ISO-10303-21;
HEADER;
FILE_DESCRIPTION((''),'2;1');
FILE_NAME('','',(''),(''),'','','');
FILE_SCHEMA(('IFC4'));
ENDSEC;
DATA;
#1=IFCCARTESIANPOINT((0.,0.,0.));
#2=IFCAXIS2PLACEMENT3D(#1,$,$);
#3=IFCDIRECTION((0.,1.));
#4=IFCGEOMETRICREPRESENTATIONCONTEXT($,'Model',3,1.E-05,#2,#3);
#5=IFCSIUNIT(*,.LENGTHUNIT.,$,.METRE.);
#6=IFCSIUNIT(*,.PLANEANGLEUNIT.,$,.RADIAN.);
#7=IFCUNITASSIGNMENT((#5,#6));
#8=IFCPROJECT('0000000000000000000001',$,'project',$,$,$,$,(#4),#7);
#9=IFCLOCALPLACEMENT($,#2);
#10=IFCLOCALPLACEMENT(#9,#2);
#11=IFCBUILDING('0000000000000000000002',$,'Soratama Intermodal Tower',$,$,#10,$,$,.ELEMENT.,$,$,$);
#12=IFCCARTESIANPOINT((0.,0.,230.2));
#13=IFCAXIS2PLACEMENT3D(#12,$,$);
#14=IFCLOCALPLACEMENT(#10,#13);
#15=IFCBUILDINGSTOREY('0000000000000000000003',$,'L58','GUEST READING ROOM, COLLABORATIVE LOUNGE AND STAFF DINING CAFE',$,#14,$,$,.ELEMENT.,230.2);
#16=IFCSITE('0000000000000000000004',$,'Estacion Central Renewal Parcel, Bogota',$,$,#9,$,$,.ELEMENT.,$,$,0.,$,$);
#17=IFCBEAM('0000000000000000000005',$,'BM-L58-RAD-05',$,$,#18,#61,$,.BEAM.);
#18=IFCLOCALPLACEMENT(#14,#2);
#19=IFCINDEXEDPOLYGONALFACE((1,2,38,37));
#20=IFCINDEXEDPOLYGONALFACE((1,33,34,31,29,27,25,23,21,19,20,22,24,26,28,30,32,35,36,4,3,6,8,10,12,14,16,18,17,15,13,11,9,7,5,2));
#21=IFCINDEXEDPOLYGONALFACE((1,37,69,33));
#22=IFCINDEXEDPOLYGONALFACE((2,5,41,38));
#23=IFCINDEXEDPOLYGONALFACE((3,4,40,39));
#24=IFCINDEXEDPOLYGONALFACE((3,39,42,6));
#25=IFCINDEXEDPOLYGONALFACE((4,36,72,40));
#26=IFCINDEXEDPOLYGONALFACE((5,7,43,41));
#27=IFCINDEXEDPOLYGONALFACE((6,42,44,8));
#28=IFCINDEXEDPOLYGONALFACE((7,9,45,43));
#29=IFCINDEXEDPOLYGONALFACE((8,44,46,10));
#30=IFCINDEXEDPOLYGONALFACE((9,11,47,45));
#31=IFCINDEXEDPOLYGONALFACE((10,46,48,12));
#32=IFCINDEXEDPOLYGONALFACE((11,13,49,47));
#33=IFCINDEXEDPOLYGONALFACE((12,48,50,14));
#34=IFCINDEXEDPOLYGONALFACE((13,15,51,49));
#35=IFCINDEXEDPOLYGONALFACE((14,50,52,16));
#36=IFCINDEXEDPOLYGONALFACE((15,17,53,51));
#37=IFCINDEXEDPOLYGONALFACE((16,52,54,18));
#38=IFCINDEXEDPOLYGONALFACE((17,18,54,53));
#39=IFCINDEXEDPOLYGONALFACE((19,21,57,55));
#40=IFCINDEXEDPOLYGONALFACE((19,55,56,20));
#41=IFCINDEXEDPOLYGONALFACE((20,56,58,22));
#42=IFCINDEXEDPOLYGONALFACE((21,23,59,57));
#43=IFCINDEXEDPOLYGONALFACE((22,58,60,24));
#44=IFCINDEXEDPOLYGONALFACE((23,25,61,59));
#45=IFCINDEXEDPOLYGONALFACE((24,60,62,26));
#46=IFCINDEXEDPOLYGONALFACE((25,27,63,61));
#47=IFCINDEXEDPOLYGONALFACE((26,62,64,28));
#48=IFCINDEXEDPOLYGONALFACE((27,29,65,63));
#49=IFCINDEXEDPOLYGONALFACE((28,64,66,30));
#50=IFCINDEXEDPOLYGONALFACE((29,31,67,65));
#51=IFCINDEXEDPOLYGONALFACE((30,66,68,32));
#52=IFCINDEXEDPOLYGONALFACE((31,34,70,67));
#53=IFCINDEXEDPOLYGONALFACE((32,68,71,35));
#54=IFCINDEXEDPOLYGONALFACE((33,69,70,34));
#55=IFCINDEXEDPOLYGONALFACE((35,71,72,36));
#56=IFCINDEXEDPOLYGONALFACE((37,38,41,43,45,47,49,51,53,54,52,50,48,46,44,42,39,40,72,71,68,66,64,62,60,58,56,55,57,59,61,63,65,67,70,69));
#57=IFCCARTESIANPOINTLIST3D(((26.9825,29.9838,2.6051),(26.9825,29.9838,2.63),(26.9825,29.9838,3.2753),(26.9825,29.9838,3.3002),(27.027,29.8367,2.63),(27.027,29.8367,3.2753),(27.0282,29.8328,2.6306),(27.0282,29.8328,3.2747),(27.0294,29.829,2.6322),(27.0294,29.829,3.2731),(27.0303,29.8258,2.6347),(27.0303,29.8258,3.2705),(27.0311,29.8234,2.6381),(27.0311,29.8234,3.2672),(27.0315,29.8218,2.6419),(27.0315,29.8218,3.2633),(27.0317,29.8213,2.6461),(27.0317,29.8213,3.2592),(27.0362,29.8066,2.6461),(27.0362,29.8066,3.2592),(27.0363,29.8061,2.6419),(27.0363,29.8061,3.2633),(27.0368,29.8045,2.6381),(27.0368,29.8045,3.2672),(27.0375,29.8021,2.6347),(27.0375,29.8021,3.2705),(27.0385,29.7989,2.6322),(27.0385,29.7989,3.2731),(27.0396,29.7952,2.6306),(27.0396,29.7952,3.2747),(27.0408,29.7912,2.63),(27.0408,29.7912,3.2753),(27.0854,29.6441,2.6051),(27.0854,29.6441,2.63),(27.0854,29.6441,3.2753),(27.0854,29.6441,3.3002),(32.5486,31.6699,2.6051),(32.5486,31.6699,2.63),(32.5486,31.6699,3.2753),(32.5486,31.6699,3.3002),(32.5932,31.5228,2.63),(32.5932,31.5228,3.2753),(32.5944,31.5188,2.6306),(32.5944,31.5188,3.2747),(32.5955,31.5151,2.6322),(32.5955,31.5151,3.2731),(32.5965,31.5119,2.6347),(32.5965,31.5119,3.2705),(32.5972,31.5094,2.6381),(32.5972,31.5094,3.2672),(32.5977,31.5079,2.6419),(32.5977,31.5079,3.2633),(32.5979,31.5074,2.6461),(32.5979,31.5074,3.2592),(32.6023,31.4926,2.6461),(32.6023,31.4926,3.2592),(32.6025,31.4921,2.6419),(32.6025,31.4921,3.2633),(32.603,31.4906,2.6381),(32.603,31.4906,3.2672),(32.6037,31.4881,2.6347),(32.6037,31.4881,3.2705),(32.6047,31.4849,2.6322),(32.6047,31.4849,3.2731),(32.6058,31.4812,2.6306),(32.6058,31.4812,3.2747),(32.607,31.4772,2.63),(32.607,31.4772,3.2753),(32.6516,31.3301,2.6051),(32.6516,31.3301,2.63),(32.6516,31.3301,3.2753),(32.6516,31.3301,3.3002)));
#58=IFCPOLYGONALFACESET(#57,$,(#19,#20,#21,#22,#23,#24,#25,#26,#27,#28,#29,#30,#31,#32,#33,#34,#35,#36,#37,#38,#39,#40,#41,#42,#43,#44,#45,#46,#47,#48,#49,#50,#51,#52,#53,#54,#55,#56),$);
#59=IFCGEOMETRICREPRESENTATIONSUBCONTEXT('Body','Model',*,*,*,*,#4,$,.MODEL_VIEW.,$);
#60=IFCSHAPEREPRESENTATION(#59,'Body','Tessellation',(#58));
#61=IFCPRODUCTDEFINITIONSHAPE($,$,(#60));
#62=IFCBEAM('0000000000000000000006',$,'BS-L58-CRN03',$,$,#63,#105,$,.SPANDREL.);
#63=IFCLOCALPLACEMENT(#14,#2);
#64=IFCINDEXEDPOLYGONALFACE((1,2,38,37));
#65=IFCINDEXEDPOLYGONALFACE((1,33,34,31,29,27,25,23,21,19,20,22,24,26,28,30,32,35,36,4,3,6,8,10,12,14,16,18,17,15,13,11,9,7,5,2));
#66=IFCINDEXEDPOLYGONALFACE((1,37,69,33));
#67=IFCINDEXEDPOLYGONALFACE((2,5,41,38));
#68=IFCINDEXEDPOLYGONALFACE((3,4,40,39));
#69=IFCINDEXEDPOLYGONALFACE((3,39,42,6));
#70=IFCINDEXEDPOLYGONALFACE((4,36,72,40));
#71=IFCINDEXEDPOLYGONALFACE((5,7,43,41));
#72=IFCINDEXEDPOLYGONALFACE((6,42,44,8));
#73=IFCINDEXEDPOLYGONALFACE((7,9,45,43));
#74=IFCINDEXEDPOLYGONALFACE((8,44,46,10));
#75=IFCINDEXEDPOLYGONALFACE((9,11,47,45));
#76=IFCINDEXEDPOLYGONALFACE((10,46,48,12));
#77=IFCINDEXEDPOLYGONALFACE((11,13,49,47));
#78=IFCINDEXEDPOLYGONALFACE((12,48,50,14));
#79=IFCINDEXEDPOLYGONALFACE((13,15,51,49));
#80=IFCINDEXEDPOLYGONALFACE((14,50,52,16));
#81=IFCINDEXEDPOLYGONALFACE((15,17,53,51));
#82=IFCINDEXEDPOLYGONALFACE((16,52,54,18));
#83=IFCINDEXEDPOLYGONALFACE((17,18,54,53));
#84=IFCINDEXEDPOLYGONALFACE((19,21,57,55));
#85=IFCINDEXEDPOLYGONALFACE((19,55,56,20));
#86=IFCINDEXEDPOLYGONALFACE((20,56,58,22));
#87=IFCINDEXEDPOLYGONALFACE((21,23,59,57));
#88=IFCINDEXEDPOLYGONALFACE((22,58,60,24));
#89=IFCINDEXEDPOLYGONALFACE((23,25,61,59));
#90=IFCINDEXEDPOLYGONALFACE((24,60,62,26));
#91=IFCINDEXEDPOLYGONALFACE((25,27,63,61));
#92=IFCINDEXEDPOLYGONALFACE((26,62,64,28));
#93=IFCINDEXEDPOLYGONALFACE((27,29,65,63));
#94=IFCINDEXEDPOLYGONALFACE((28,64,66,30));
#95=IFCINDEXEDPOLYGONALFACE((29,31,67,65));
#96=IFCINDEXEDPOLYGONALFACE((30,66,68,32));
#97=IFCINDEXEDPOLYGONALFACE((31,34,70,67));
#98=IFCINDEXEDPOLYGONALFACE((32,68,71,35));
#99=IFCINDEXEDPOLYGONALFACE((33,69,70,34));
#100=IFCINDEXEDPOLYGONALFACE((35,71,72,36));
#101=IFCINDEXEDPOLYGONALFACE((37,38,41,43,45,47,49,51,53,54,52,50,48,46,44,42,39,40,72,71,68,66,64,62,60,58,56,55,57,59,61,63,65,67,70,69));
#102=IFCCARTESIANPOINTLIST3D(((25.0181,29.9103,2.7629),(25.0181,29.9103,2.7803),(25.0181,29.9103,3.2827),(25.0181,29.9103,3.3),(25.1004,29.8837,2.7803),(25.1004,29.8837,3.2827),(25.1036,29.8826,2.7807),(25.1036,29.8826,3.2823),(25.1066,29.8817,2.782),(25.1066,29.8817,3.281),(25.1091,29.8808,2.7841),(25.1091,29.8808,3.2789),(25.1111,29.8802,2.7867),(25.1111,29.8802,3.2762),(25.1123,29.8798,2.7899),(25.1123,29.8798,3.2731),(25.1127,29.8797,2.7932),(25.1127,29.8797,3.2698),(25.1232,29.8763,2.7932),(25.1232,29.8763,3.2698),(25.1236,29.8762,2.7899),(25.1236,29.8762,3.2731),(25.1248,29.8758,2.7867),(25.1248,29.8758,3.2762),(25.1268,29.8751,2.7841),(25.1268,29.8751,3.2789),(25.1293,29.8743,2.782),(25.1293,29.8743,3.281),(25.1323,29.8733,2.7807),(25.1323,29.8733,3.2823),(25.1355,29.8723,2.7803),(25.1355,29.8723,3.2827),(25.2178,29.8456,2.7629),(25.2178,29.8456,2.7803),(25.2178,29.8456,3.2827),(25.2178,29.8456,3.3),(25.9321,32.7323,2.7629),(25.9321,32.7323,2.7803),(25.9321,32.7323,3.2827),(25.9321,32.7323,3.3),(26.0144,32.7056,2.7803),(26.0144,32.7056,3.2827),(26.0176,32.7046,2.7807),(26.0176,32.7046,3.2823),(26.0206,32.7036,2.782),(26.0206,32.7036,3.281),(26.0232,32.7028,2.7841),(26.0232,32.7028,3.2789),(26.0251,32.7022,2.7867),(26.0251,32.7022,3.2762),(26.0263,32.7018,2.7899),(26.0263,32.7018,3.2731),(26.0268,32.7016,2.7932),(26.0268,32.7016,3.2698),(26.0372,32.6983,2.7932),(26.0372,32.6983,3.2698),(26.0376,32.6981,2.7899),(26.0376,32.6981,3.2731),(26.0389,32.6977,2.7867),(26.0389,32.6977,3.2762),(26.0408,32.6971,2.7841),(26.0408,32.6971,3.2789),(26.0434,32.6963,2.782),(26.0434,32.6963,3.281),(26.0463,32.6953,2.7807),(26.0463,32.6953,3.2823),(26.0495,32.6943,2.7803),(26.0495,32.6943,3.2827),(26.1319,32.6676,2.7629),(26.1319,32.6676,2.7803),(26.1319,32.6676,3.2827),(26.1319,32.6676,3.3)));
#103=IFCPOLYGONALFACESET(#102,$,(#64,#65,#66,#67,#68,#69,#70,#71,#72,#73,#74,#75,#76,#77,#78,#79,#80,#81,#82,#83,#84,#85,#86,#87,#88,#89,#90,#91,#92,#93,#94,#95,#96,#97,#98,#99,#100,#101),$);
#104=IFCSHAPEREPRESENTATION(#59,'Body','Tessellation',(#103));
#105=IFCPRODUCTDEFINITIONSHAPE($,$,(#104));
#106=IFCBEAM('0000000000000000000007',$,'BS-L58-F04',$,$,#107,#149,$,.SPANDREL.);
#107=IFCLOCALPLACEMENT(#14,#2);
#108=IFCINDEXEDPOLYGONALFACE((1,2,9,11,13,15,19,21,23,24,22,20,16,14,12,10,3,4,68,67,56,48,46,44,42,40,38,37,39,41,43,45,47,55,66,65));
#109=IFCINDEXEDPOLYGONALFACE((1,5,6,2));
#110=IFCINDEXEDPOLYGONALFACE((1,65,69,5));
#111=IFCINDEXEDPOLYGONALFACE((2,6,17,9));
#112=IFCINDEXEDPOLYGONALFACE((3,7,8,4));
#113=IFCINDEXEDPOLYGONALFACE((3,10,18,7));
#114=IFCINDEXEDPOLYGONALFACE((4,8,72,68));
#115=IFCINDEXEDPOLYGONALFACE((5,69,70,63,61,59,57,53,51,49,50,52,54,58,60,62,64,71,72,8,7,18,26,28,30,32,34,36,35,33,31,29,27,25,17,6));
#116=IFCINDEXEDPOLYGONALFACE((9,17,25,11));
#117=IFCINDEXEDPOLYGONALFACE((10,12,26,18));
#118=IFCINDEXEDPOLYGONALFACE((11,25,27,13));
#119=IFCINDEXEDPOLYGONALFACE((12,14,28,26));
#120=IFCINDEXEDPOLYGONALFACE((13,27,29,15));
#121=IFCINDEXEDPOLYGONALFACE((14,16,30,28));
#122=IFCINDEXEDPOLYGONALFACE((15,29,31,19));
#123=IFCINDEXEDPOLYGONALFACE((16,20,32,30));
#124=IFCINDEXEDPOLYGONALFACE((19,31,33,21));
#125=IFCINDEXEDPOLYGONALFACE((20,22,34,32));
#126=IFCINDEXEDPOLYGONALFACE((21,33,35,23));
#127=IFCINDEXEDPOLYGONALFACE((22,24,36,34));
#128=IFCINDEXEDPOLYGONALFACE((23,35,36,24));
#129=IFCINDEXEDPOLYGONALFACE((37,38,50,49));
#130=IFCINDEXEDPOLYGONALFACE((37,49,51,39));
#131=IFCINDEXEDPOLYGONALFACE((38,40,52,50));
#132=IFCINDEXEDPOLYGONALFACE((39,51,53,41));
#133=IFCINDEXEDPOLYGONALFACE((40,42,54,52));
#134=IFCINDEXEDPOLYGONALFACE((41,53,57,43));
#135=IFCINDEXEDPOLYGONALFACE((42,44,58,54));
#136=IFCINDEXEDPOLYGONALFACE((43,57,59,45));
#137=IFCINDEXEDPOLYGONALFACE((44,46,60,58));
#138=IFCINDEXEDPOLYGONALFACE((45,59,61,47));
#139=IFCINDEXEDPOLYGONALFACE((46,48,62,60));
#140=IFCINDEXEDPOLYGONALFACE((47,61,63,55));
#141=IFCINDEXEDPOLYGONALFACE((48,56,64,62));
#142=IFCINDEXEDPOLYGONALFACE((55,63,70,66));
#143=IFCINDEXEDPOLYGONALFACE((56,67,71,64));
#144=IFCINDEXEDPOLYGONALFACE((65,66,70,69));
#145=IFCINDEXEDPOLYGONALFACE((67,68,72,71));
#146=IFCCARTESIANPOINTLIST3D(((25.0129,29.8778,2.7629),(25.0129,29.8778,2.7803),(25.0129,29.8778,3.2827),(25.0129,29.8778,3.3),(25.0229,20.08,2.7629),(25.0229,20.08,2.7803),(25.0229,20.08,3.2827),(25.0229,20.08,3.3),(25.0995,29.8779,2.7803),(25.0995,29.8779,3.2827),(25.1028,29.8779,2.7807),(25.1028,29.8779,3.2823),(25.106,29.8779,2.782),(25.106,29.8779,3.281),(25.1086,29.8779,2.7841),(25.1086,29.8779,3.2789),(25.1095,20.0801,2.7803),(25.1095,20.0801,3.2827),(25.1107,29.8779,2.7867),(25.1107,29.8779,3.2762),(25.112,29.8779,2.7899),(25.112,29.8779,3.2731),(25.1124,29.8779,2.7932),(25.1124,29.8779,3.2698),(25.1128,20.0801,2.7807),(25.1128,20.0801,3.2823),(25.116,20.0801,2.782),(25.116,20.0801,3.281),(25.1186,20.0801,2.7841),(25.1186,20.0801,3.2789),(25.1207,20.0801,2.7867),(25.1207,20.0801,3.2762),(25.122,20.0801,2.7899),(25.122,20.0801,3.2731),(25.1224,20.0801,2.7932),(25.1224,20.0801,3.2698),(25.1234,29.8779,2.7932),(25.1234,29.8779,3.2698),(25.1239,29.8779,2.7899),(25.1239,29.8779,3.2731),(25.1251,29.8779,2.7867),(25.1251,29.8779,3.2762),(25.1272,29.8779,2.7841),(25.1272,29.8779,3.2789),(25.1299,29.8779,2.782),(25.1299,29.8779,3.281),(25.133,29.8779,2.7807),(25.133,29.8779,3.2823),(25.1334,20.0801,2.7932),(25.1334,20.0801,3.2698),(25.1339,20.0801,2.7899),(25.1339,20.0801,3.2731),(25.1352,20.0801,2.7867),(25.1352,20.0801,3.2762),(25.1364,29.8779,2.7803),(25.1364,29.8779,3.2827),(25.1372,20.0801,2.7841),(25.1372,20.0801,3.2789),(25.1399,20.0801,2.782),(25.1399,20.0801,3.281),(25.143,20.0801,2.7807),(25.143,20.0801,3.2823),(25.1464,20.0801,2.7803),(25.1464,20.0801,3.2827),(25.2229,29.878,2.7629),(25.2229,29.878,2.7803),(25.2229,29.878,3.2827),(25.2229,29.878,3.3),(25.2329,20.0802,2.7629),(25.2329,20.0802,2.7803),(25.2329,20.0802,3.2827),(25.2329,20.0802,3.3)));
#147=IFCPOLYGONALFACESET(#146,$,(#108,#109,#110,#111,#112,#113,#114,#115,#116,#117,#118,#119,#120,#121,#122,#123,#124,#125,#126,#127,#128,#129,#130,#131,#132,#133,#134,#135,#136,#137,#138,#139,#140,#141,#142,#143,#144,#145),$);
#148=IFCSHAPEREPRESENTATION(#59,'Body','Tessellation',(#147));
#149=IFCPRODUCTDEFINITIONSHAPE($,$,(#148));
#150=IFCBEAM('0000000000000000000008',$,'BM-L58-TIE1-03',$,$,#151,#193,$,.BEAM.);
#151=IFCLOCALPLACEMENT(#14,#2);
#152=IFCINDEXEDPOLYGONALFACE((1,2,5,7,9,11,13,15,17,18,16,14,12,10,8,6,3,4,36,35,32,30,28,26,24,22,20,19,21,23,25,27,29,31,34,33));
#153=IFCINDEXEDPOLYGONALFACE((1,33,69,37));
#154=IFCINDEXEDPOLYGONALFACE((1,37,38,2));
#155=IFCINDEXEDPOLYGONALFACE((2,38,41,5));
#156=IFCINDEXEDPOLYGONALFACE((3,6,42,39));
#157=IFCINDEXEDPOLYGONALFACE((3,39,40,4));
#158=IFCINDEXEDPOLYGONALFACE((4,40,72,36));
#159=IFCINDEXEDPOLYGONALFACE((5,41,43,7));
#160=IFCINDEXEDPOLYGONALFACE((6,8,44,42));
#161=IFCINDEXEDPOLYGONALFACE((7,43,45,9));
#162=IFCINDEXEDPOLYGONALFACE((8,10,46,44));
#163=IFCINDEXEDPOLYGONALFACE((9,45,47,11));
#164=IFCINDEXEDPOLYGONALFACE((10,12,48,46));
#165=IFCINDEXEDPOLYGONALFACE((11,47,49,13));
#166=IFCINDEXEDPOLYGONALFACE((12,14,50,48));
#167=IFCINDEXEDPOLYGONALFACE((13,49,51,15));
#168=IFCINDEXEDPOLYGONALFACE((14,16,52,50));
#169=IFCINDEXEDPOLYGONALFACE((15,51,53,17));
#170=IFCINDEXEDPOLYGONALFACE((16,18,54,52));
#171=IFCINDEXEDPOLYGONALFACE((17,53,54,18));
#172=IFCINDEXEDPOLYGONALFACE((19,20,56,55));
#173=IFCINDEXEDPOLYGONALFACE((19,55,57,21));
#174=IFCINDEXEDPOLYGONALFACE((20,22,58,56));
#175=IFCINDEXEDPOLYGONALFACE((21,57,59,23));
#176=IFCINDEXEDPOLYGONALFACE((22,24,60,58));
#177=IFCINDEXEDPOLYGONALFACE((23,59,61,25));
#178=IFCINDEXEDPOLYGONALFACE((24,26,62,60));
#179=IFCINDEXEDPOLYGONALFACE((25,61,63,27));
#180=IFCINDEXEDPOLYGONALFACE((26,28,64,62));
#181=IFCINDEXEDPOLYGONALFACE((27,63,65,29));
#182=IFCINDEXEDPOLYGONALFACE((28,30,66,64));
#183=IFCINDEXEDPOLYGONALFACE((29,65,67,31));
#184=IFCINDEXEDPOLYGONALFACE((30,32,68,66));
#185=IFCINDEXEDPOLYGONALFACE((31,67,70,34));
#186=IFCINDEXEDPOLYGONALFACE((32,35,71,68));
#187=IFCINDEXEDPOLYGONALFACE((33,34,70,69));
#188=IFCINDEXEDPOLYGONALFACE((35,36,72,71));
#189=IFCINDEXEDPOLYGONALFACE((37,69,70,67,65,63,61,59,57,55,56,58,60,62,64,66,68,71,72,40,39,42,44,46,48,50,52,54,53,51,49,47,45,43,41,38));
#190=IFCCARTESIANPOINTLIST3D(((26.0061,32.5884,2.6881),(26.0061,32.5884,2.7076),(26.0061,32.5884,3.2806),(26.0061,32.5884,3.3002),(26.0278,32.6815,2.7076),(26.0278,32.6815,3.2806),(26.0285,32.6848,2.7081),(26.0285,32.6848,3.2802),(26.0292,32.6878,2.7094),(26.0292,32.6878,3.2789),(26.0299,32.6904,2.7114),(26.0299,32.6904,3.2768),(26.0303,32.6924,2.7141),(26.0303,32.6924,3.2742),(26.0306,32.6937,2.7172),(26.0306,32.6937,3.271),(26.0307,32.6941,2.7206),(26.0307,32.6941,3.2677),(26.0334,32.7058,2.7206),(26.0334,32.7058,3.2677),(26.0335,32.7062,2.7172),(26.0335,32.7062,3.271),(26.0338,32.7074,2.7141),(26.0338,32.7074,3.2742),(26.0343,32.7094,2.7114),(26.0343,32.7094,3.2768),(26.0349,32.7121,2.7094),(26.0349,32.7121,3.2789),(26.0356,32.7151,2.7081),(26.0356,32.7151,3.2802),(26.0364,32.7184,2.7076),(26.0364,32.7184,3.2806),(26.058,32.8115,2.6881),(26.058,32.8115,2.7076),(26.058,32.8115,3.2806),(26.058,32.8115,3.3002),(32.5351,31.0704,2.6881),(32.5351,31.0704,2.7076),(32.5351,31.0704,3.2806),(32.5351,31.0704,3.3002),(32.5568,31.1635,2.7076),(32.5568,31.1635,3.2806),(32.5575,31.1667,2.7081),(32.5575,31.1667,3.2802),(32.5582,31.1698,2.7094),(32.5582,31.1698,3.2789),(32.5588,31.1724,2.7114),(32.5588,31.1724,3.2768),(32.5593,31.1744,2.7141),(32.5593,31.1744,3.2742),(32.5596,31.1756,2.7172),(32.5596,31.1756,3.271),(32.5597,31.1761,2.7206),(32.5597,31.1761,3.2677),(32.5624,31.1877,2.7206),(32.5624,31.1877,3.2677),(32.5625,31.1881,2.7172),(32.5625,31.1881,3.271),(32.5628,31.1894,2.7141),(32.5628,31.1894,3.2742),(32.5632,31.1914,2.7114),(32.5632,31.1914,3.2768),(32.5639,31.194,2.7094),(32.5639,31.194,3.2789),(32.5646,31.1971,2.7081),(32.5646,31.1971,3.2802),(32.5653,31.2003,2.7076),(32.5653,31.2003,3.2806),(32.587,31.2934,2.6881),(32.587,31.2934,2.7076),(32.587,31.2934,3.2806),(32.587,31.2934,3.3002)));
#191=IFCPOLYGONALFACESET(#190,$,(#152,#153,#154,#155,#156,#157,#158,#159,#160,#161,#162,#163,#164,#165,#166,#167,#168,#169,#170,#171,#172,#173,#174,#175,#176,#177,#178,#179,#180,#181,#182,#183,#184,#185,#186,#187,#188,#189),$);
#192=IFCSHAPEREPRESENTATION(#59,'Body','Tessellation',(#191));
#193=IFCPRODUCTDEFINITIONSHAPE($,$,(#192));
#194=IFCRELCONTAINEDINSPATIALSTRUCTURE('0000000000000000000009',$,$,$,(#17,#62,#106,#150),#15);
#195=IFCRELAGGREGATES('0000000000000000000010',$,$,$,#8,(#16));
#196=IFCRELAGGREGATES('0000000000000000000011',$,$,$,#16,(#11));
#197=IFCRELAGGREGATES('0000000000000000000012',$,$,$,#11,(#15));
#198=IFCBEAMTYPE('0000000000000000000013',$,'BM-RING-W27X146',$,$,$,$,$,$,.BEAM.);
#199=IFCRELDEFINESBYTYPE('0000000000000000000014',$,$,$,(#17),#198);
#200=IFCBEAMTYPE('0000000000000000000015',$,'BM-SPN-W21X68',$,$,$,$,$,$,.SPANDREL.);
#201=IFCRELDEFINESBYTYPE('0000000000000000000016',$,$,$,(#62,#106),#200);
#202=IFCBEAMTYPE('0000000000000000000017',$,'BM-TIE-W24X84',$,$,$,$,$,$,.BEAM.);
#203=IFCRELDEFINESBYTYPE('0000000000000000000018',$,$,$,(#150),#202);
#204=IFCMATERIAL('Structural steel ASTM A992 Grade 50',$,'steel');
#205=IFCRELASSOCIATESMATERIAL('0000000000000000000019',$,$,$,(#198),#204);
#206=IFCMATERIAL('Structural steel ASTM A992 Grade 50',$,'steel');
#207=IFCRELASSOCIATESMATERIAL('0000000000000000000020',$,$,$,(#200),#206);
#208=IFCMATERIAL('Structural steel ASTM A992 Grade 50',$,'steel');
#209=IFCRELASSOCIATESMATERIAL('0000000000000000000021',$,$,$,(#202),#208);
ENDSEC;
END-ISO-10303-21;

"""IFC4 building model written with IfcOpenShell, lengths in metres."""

from ifc_helpers import new_model, si_unit, direction, frame, origin, origin_2d, place, context, subcontext, project, spatial, i_section, extrude, material, material_profile, profile_set, type_object, element, save


model = new_model("IFC4")

# Units and contexts
model_context = context("Model", 3, precision=1e-05, world=origin(), true_north=direction((0.0, 1.0)))
body_context = subcontext(model_context, "Body", "Model", "MODEL_VIEW")
ifc_project = project(units=[si_unit("LENGTHUNIT", "METRE"), si_unit("PLANEANGLEUNIT", "RADIAN")], contexts=[model_context])

# Site, building, storey
site_placement = place(None, origin())
site = spatial("IfcSite", under=ifc_project, at=site_placement, Name="Estacion Central Renewal Parcel, Bogota", CompositionType="ELEMENT", RefElevation=0.0)
building_placement = place(site_placement, origin())
building = spatial("IfcBuilding", under=site, at=building_placement, Name="Soratama Intermodal Tower", CompositionType="ELEMENT")
storey_placement = place(building_placement, frame((0.0, 0.0, 230.2)))
storey = spatial("IfcBuildingStorey", under=building, at=storey_placement, Name="L58", Description="GUEST READING ROOM, COLLABORATIVE LOUNGE AND STAFF DINING CAFE", CompositionType="ELEMENT", Elevation=230.2)

# Beams
ifc_material_1 = material(Name="Structural steel ASTM A992 Grade 50", Category="steel")
ifc_material_profile_1 = material_profile(ifc_material_1, i_section(OverallWidth=0.355, OverallDepth=0.6951, WebThickness=0.0154, FlangeThickness=0.0249, FilletRadius=0.0161, at=origin_2d()), Name="W27X146")
ifc_profile_set_1 = profile_set([ifc_material_profile_1], Name="Structural steel ASTM A992 Grade 50")
beam_type_1 = type_object("IfcBeamType", Name="BM-RING-W27X146", PredefinedType="BEAM", material=ifc_profile_set_1)
beam_1_placement = place(storey_placement, frame((32.6001, 31.5, 2.9526), z_axis=(-0.957057, -0.2899, 0.0), x_axis=(0.2899, -0.957057, 0.0)))
element("IfcBeam", 1, at=beam_1_placement, inside=storey, type_object=beam_type_1, Name="BM-L58-RAD-05", PredefinedType="BEAM", context=body_context, shape_type="SweptSolid", body=[
    extrude(i_section(OverallWidth=0.355, OverallDepth=0.6951, WebThickness=0.0154, FlangeThickness=0.0249, FilletRadius=0.0161, at=origin_2d()), origin(), (0.0, 0.0, 1.0), 5.8159),
])
ifc_material_2 = material(Name="Structural steel ASTM A992 Grade 50", Category="steel")
ifc_material_profile_2 = material_profile(ifc_material_2, i_section(OverallWidth=0.21, OverallDepth=0.5371, WebThickness=0.011, FlangeThickness=0.0173, FilletRadius=0.0129, at=origin_2d()), Name="W21X68")
ifc_profile_set_2 = profile_set([ifc_material_profile_2], Name="Structural steel ASTM A992 Grade 50")
beam_type_2 = type_object("IfcBeamType", Name="BM-SPN-W21X68", PredefinedType="SPANDREL", material=ifc_profile_set_2)
beam_2_placement = place(storey_placement, frame((26.032, 32.7, 3.0315), z_axis=(-0.308142, -0.95134, 0.0), x_axis=(0.95134, -0.308142, 0.0)))
element("IfcBeam", 2, at=beam_2_placement, inside=storey, type_object=beam_type_2, Name="BS-L58-CRN03", PredefinedType="SPANDREL", context=body_context, shape_type="SweptSolid", body=[
    extrude(i_section(OverallWidth=0.21, OverallDepth=0.5371, WebThickness=0.011, FlangeThickness=0.0173, FilletRadius=0.0129, at=origin_2d()), origin(), (0.0, 0.0, 1.0), 2.9663),
])
beam_3_placement = place(storey_placement, frame((25.1179, 29.8779, 3.0315), z_axis=(0.001022, -0.999999, 0.0), x_axis=(0.999999, 0.001022, 0.0)))
element("IfcBeam", 3, at=beam_3_placement, inside=storey, type_object=beam_type_2, Name="BS-L58-F04", PredefinedType="SPANDREL", context=body_context, shape_type="SweptSolid", body=[
    extrude(i_section(OverallWidth=0.21, OverallDepth=0.5371, WebThickness=0.011, FlangeThickness=0.0173, FilletRadius=0.0129, at=origin_2d()), origin(), (0.0, 0.0, 1.0), 9.7979),
])
ifc_material_3 = material(Name="Structural steel ASTM A992 Grade 50", Category="steel")
ifc_material_profile_3 = material_profile(ifc_material_3, i_section(OverallWidth=0.229, OverallDepth=0.6121, WebThickness=0.012, FlangeThickness=0.0195, FilletRadius=0.0129, at=origin_2d()), Name="W24X84")
ifc_profile_set_3 = profile_set([ifc_material_profile_3], Name="Structural steel ASTM A992 Grade 50")
beam_type_3 = type_object("IfcBeamType", Name="BM-TIE-W24X84", PredefinedType="BEAM", material=ifc_profile_set_3)
beam_4_placement = place(storey_placement, frame((32.561, 31.1819, 2.9941), z_axis=(-0.974018, 0.226468, 0.0), x_axis=(-0.226468, -0.974018, 0.0)))
element("IfcBeam", 4, at=beam_4_placement, inside=storey, type_object=beam_type_3, Name="BM-L58-TIE1-03", PredefinedType="BEAM", context=body_context, shape_type="SweptSolid", body=[
    extrude(i_section(OverallWidth=0.229, OverallDepth=0.6121, WebThickness=0.012, FlangeThickness=0.0195, FilletRadius=0.0129, at=origin_2d()), origin(), (0.0, 0.0, 1.0), 6.7031),
])

save(model, "model.ifc")
